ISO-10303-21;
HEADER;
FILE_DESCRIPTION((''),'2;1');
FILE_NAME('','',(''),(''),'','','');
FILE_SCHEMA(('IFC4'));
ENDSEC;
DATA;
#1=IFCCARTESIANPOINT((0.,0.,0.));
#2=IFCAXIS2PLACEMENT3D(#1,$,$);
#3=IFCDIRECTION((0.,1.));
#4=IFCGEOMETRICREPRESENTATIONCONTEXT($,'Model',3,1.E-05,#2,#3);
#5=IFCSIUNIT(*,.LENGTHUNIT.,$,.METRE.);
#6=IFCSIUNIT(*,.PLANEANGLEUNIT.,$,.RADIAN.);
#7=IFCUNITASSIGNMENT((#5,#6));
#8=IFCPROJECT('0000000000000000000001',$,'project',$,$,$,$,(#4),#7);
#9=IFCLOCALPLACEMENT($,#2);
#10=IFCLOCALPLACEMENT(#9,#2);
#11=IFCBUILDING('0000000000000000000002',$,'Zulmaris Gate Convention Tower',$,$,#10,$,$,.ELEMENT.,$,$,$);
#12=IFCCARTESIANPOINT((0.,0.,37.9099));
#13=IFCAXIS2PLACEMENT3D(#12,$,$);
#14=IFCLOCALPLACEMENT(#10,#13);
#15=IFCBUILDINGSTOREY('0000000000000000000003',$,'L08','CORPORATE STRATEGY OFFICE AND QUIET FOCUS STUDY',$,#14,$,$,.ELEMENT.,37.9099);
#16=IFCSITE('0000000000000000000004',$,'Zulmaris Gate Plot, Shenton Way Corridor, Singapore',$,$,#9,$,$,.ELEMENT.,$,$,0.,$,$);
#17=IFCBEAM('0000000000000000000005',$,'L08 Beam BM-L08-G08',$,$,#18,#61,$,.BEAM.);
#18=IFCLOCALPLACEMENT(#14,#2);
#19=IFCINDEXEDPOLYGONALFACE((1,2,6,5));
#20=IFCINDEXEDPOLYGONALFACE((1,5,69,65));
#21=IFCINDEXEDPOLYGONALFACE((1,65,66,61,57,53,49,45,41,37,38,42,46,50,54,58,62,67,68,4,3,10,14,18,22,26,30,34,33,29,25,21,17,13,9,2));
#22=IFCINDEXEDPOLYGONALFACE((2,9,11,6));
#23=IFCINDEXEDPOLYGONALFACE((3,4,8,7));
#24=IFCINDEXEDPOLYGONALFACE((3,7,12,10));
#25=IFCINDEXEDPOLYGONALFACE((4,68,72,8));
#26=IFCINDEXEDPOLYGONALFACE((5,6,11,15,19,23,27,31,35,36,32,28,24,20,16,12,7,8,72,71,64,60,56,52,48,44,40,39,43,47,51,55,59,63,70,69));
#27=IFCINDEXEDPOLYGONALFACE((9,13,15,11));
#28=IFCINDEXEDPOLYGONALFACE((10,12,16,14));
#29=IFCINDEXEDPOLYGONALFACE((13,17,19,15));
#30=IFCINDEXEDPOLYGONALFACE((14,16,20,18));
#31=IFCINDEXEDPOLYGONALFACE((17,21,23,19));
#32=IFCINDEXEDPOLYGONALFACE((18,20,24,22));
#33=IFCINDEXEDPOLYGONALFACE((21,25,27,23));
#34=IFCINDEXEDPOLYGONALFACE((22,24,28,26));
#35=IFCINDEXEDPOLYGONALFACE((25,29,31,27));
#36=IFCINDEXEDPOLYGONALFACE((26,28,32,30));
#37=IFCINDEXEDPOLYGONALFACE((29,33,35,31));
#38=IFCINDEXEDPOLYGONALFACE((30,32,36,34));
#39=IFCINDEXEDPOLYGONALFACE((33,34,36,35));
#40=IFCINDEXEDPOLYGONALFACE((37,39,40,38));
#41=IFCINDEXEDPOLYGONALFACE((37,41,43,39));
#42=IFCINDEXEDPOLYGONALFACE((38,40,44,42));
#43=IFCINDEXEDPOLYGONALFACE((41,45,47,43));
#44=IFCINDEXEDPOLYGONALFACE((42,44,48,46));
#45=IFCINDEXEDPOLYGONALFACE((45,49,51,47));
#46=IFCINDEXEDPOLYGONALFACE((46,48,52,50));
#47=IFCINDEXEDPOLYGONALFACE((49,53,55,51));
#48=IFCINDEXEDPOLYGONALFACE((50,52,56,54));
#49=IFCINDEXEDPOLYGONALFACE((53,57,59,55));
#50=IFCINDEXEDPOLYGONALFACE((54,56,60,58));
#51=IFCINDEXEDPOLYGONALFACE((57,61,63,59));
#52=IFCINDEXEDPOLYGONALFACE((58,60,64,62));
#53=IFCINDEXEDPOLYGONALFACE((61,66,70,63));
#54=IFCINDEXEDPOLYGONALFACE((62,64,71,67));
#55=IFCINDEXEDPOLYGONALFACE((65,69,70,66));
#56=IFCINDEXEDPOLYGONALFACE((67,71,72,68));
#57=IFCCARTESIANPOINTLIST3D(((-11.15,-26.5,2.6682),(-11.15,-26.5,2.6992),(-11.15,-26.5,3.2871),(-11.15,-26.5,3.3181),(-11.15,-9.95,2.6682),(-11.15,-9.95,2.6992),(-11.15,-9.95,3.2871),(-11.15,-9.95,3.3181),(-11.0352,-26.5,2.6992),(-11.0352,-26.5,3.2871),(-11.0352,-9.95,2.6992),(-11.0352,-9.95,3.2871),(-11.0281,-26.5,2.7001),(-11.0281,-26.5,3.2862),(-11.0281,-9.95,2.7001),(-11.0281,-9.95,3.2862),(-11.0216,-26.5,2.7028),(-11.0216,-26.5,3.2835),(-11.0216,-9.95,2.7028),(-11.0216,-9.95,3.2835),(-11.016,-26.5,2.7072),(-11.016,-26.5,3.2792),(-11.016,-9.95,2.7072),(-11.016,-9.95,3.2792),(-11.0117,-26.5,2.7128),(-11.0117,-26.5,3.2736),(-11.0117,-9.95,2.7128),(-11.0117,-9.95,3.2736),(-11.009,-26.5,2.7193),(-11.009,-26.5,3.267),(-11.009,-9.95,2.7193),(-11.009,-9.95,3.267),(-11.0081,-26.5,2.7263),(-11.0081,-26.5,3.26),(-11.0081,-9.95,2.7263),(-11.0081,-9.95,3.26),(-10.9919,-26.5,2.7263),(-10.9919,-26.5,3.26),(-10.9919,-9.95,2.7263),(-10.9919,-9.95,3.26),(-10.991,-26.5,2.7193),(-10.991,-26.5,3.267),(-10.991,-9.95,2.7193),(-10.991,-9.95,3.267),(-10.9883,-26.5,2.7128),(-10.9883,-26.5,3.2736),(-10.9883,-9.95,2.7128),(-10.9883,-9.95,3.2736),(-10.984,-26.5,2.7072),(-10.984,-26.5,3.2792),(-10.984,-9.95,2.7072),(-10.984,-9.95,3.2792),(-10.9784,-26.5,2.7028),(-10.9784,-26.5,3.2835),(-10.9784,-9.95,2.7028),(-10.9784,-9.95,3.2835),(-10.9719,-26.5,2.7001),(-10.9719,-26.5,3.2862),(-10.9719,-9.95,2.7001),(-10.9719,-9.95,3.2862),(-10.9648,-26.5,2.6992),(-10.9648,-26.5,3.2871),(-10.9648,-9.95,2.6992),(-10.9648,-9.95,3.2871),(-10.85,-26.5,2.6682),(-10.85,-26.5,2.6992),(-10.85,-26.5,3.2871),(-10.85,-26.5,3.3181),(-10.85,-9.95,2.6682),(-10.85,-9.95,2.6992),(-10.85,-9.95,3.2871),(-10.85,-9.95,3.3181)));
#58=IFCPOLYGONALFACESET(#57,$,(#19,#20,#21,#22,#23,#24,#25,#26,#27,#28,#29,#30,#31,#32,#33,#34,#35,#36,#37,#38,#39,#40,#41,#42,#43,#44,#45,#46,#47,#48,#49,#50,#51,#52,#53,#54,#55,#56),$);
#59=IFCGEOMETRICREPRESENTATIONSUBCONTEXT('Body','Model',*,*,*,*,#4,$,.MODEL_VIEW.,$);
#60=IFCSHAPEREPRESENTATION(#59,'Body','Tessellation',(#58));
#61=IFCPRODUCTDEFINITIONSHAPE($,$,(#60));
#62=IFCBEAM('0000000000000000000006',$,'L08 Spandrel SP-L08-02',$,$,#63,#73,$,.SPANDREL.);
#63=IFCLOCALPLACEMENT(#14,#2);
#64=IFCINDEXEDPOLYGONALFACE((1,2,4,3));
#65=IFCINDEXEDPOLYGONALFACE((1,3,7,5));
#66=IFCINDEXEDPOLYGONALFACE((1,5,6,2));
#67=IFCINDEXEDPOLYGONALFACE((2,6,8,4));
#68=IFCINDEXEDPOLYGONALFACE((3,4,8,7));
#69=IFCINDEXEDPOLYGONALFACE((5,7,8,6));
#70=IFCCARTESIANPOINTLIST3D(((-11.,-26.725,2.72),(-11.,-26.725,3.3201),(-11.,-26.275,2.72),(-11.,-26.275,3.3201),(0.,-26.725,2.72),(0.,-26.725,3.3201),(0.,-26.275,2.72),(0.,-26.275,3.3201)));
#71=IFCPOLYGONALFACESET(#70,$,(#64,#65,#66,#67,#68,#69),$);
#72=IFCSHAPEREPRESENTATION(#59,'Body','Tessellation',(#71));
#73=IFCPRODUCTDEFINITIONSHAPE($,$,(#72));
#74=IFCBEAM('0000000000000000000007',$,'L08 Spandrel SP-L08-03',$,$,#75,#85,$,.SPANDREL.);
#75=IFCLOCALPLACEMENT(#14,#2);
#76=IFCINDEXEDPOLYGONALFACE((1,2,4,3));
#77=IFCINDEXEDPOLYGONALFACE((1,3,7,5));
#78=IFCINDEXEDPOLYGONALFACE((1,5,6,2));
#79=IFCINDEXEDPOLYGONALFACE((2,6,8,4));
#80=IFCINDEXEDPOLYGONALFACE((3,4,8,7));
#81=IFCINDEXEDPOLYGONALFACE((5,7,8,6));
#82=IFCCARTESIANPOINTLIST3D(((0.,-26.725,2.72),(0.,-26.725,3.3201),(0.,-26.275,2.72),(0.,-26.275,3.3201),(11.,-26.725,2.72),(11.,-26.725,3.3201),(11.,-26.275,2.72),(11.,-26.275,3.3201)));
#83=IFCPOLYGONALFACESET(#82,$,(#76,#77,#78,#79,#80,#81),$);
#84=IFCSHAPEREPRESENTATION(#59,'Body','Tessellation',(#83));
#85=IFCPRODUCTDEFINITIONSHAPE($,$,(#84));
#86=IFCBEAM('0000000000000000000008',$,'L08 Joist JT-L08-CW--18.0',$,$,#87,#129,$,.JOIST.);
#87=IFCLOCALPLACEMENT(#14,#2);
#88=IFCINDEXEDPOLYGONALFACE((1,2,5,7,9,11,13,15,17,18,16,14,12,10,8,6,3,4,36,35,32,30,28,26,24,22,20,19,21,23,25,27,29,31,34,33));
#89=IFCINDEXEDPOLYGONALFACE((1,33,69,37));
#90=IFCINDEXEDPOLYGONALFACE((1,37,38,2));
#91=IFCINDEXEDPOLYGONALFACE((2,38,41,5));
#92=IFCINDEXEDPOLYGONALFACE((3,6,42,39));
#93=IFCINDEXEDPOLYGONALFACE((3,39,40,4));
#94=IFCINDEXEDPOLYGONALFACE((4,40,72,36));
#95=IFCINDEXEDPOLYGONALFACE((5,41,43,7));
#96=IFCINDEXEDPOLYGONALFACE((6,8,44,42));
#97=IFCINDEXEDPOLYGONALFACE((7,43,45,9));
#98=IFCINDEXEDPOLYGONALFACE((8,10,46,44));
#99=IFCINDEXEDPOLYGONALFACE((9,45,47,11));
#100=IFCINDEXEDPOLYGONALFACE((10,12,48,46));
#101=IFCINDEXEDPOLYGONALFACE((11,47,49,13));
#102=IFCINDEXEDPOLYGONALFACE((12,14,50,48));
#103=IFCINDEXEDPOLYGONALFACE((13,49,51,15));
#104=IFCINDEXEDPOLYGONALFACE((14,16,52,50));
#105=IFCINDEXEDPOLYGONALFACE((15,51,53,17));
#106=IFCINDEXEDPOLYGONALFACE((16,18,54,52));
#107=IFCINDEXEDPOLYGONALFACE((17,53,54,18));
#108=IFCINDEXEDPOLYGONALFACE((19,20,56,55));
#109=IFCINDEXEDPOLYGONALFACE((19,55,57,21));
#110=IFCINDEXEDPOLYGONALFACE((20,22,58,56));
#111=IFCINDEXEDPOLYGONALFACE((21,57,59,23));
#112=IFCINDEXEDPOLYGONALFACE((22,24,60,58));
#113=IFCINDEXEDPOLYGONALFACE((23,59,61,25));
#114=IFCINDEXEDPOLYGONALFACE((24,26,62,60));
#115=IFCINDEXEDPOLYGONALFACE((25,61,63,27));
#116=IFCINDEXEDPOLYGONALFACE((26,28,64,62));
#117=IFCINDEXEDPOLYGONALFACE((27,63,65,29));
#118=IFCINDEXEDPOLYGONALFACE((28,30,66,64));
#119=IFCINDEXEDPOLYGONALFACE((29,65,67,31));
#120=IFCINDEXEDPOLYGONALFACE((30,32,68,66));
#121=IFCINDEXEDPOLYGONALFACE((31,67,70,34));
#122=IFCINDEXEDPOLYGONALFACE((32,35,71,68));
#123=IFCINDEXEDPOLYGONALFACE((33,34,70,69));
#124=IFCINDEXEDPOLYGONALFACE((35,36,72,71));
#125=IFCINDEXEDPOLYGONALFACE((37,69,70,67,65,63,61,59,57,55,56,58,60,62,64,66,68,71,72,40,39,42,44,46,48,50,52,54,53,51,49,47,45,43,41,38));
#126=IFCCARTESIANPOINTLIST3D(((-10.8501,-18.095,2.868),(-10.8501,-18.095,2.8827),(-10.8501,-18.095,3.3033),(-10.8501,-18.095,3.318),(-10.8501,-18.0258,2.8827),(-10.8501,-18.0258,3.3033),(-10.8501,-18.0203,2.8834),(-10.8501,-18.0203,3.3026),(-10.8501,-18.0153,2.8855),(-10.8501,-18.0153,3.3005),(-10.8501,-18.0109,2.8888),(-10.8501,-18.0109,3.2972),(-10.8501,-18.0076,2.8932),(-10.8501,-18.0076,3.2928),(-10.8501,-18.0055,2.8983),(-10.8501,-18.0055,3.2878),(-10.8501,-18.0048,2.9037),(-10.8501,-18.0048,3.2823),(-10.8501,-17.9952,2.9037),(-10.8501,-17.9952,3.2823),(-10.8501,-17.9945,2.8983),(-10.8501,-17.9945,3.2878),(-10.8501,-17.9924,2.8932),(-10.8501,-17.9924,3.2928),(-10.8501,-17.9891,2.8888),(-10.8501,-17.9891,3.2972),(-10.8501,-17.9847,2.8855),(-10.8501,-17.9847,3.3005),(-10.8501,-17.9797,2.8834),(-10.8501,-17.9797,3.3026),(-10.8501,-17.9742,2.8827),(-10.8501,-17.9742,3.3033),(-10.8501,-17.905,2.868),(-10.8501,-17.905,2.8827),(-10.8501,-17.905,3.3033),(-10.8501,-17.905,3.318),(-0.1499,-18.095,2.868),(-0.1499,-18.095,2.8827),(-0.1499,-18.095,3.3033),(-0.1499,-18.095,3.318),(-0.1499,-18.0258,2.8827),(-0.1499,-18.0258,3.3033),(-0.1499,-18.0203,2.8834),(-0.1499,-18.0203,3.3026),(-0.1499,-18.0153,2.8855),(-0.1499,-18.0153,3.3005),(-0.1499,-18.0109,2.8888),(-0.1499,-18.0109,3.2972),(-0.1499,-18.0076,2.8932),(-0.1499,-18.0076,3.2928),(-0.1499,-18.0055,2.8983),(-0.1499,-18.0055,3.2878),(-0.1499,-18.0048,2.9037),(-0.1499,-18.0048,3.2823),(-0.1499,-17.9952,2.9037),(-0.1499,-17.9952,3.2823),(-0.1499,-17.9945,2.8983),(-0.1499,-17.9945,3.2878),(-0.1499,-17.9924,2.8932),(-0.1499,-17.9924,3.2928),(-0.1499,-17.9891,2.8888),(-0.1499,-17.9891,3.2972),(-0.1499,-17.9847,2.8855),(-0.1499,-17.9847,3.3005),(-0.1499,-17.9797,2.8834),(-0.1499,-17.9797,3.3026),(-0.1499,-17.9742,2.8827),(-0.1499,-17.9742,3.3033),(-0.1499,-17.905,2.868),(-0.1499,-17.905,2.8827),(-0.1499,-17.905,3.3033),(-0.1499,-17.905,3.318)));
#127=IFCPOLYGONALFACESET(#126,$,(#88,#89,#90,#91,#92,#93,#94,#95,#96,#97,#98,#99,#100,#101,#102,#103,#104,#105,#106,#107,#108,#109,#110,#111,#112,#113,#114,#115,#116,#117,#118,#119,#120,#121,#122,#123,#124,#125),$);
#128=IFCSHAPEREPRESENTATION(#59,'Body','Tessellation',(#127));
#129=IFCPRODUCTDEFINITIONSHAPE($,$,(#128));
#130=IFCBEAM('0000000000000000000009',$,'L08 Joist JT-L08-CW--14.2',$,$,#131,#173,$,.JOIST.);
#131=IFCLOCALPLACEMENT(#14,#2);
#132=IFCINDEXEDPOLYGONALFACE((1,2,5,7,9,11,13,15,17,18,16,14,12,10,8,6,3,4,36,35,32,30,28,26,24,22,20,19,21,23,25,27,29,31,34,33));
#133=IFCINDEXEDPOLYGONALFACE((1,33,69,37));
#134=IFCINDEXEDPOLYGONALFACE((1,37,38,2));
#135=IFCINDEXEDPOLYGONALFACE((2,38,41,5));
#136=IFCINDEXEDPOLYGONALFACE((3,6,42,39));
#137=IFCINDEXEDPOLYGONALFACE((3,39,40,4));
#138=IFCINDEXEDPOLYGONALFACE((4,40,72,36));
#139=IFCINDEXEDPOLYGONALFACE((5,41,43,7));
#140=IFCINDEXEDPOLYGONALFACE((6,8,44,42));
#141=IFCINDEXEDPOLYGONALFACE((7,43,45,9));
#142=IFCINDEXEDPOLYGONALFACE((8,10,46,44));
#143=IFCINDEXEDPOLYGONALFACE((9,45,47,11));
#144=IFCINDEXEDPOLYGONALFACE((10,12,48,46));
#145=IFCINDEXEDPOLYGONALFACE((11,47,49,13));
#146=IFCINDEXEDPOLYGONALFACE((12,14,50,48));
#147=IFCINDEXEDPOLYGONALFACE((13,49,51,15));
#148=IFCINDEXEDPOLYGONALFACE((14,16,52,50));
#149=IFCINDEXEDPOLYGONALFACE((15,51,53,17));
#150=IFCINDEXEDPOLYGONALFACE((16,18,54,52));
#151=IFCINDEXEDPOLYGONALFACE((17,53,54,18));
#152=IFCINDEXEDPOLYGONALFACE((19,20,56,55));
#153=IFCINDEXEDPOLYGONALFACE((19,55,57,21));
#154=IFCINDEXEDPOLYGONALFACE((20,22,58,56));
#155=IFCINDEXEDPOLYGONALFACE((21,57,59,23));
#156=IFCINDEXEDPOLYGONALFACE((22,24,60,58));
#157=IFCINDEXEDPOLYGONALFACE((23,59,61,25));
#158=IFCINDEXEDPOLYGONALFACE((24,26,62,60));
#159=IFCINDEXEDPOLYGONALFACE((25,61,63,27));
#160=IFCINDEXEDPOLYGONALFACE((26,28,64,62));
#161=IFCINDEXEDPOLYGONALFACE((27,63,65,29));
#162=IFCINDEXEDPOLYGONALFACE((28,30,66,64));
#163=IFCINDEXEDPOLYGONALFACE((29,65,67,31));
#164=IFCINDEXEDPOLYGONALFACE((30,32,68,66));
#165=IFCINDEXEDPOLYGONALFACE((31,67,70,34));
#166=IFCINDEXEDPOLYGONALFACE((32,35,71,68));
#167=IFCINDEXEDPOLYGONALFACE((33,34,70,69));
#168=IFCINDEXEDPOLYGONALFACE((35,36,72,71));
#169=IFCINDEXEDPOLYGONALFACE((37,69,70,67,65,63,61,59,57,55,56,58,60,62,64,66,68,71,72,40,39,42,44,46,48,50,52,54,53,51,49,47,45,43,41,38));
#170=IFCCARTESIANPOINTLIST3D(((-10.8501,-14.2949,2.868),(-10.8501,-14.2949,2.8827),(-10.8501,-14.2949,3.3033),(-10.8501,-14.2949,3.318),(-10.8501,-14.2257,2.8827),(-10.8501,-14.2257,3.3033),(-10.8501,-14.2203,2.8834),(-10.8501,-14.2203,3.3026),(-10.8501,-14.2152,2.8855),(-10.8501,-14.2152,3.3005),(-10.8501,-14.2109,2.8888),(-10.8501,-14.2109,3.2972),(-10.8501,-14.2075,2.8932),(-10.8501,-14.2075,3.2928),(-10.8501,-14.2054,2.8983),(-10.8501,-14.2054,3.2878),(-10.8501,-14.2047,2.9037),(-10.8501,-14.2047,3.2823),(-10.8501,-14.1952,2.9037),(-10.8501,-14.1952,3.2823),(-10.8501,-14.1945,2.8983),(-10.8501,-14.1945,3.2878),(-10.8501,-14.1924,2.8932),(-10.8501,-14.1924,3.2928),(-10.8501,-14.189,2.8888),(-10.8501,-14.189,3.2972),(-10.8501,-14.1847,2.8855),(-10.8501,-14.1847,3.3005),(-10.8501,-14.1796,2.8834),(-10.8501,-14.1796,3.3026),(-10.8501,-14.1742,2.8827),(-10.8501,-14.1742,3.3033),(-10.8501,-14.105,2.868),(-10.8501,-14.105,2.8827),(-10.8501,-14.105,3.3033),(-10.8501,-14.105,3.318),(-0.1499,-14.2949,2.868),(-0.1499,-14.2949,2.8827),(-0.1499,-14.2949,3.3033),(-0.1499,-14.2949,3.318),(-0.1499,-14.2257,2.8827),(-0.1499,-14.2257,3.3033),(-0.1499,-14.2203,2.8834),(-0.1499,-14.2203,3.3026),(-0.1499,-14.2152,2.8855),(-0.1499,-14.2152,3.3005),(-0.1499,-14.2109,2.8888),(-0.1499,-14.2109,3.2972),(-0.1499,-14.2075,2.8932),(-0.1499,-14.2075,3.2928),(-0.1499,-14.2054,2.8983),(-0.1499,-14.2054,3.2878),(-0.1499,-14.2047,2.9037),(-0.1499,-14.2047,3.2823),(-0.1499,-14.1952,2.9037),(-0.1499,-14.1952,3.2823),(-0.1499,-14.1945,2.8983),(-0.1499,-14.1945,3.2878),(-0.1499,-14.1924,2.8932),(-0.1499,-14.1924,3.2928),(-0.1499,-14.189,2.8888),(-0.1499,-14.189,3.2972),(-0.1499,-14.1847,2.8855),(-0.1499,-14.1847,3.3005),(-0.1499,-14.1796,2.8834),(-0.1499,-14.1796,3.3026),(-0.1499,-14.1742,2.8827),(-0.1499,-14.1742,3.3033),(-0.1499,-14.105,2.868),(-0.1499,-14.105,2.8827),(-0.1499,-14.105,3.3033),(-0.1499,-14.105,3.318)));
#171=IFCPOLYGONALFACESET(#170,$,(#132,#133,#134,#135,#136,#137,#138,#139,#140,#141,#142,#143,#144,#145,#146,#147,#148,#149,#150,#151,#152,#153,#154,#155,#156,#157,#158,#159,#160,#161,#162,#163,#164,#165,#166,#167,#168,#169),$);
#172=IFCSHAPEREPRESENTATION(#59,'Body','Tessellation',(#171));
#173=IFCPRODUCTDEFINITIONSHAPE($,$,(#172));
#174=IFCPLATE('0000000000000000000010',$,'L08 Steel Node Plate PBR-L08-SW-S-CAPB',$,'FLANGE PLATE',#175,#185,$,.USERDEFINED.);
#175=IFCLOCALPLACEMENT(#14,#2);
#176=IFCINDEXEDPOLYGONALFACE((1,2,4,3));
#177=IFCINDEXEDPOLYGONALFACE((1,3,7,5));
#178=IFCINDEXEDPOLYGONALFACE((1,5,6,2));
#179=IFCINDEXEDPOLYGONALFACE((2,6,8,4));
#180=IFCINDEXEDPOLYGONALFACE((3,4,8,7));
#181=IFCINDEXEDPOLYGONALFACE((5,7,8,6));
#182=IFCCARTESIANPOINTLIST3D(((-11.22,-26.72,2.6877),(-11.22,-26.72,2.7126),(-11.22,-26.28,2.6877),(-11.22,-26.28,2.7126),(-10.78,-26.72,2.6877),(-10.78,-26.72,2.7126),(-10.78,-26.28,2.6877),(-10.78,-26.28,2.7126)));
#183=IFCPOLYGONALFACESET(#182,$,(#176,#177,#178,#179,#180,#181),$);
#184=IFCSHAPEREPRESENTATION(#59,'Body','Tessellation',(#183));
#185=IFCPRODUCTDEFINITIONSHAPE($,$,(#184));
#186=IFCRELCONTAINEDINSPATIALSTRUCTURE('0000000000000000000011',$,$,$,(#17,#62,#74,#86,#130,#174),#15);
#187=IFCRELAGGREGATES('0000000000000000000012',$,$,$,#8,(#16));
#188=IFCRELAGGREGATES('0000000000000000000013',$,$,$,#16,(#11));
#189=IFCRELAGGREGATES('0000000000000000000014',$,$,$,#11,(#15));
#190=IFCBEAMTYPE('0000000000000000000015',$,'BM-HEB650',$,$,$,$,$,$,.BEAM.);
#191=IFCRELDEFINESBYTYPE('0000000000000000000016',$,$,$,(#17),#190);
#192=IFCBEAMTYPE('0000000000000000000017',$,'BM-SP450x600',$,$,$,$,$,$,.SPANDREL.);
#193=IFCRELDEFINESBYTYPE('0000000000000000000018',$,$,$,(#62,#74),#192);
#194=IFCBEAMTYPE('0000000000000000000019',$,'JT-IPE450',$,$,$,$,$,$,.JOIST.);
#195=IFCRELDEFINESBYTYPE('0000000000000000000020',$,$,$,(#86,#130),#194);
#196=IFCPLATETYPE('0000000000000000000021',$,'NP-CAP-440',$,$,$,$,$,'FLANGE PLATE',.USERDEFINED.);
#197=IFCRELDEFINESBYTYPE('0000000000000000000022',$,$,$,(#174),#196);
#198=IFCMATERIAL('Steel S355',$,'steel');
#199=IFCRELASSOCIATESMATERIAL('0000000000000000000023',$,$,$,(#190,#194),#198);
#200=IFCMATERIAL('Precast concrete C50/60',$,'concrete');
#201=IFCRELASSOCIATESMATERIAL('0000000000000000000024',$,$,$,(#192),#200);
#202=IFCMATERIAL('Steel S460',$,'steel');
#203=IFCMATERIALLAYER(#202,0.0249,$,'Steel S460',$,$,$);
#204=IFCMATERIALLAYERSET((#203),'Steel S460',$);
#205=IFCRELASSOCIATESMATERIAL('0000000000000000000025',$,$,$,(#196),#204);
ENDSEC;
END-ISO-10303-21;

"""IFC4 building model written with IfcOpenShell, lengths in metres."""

from ifc_helpers import new_model, si_unit, direction, frame, origin, origin_2d, place, context, subcontext, project, spatial, rectangle, i_section, extrude, material, layer, layer_set, material_profile, profile_set, type_object, element, save


model = new_model("IFC4")

# Units and contexts
model_context = context("Model", 3, precision=1e-05, world=origin(), true_north=direction((0.0, 1.0)))
body_context = subcontext(model_context, "Body", "Model", "MODEL_VIEW")
ifc_project = project(units=[si_unit("LENGTHUNIT", "METRE"), si_unit("PLANEANGLEUNIT", "RADIAN")], contexts=[model_context])

# Site, building, storey
site_placement = place(None, origin())
site = spatial("IfcSite", under=ifc_project, at=site_placement, Name="Zulmaris Gate Plot, Shenton Way Corridor, Singapore", CompositionType="ELEMENT", RefElevation=0.0)
building_placement = place(site_placement, origin())
building = spatial("IfcBuilding", under=site, at=building_placement, Name="Zulmaris Gate Convention Tower", CompositionType="ELEMENT")
storey_placement = place(building_placement, frame((0.0, 0.0, 37.9099)))
storey = spatial("IfcBuildingStorey", under=building, at=storey_placement, Name="L08", Description="CORPORATE STRATEGY OFFICE AND QUIET FOCUS STUDY", CompositionType="ELEMENT", Elevation=37.9099)

# Beams
ifc_material_1 = material(Name="Steel S355", Category="steel")
ifc_material_profile_1 = material_profile(ifc_material_1, i_section(OverallWidth=0.3, OverallDepth=0.6499, WebThickness=0.0161, FlangeThickness=0.031, FilletRadius=0.0271, at=origin_2d()), Name="HEB 650")
ifc_profile_set_1 = profile_set([ifc_material_profile_1], Name="Steel S355")
beam_type_1 = type_object("IfcBeamType", Name="BM-HEB650", PredefinedType="BEAM", material=ifc_profile_set_1)
beam_1_placement = place(storey_placement, frame((-11.0, -26.5, 2.9932), z_axis=(0.0, 1.0, 0.0), x_axis=(-1.0, 0.0, 0.0)))
element("IfcBeam", 1, at=beam_1_placement, inside=storey, type_object=beam_type_1, Name="L08 Beam BM-L08-G08", PredefinedType="BEAM", context=body_context, shape_type="SweptSolid", body=[
    extrude(i_section(OverallWidth=0.3, OverallDepth=0.6499, WebThickness=0.0161, FlangeThickness=0.031, FilletRadius=0.0271, at=origin_2d()), origin(), (0.0, 0.0, 1.0), 16.55),
])
ifc_material_2 = material(Name="Precast concrete C50/60", Category="concrete")
ifc_material_profile_2 = material_profile(ifc_material_2, rectangle(XDim=0.45, YDim=0.6001, at=origin_2d()), Name="RC SPANDREL 450x600")
ifc_profile_set_2 = profile_set([ifc_material_profile_2], Name="Precast concrete C50/60")
beam_type_2 = type_object("IfcBeamType", Name="BM-SP450x600", PredefinedType="SPANDREL", material=ifc_profile_set_2)
for number, where, z_axis, x_axis, name in (
    (2, (-11.0, -26.5, 3.02), (1.0, 0.0, 0.0), (0.0, 1.0, 0.0), "L08 Spandrel SP-L08-02"),
    (3, (0.0, -26.5, 3.02), (1.0, 0.0, 0.0), (0.0, 1.0, 0.0), "L08 Spandrel SP-L08-03"),
):
    element("IfcBeam", number, at=place(storey_placement, frame(where, z_axis=z_axis, x_axis=x_axis)), inside=storey, type_object=beam_type_2, Name=name, PredefinedType="SPANDREL", context=body_context, shape_type="SweptSolid", body=[
        extrude(rectangle(XDim=0.45, YDim=0.6001, at=origin_2d()), origin(), (0.0, 0.0, 1.0), 11.0),
    ])
ifc_material_profile_3 = material_profile(ifc_material_1, i_section(OverallWidth=0.1899, OverallDepth=0.45, WebThickness=0.0095, FlangeThickness=0.0146, FilletRadius=0.021, at=origin_2d()), Name="IPE 450")
ifc_profile_set_3 = profile_set([ifc_material_profile_3], Name="Steel S355")
beam_type_3 = type_object("IfcBeamType", Name="JT-IPE450", PredefinedType="JOIST", material=ifc_profile_set_3)
for number, where, z_axis, x_axis, name in (
    (4, (-10.8501, -18.0, 3.093), (1.0, 0.0, 0.0), (0.0, 1.0, 0.0), "L08 Joist JT-L08-CW--18.0"),
    (5, (-10.8501, -14.2, 3.093), (1.0, 0.0, 0.0), (0.0, 1.0, 0.0), "L08 Joist JT-L08-CW--14.2"),
):
    element("IfcBeam", number, at=place(storey_placement, frame(where, z_axis=z_axis, x_axis=x_axis)), inside=storey, type_object=beam_type_3, Name=name, PredefinedType="JOIST", context=body_context, shape_type="SweptSolid", body=[
        extrude(i_section(OverallWidth=0.1899, OverallDepth=0.45, WebThickness=0.0095, FlangeThickness=0.0146, FilletRadius=0.021, at=origin_2d()), origin(), (0.0, 0.0, 1.0), 10.7002),
    ])

# Plate
ifc_material_3 = material(Name="Steel S460", Category="steel")
ifc_layer_1 = layer(ifc_material_3, 0.0249, Name="Steel S460")
ifc_layer_set_1 = layer_set([ifc_layer_1], Name="Steel S460")
plate_type = type_object("IfcPlateType", Name="NP-CAP-440", ElementType="FLANGE PLATE", PredefinedType="USERDEFINED", material=ifc_layer_set_1)
plate_placement = place(storey_placement, frame((-11.0, -26.5, 2.6877), z_axis=(0.0, 0.0, 1.0), x_axis=(1.0, 0.0, 0.0)))
element("IfcPlate", 6, at=plate_placement, inside=storey, type_object=plate_type, Name="L08 Steel Node Plate PBR-L08-SW-S-CAPB", ObjectType="FLANGE PLATE", PredefinedType="USERDEFINED", context=body_context, shape_type="SweptSolid", body=[
    extrude(rectangle(XDim=0.4399, YDim=0.4399, at=origin_2d()), origin(), (0.0, 0.0, 1.0), 0.0249),
])

save(model, "model.ifc")
